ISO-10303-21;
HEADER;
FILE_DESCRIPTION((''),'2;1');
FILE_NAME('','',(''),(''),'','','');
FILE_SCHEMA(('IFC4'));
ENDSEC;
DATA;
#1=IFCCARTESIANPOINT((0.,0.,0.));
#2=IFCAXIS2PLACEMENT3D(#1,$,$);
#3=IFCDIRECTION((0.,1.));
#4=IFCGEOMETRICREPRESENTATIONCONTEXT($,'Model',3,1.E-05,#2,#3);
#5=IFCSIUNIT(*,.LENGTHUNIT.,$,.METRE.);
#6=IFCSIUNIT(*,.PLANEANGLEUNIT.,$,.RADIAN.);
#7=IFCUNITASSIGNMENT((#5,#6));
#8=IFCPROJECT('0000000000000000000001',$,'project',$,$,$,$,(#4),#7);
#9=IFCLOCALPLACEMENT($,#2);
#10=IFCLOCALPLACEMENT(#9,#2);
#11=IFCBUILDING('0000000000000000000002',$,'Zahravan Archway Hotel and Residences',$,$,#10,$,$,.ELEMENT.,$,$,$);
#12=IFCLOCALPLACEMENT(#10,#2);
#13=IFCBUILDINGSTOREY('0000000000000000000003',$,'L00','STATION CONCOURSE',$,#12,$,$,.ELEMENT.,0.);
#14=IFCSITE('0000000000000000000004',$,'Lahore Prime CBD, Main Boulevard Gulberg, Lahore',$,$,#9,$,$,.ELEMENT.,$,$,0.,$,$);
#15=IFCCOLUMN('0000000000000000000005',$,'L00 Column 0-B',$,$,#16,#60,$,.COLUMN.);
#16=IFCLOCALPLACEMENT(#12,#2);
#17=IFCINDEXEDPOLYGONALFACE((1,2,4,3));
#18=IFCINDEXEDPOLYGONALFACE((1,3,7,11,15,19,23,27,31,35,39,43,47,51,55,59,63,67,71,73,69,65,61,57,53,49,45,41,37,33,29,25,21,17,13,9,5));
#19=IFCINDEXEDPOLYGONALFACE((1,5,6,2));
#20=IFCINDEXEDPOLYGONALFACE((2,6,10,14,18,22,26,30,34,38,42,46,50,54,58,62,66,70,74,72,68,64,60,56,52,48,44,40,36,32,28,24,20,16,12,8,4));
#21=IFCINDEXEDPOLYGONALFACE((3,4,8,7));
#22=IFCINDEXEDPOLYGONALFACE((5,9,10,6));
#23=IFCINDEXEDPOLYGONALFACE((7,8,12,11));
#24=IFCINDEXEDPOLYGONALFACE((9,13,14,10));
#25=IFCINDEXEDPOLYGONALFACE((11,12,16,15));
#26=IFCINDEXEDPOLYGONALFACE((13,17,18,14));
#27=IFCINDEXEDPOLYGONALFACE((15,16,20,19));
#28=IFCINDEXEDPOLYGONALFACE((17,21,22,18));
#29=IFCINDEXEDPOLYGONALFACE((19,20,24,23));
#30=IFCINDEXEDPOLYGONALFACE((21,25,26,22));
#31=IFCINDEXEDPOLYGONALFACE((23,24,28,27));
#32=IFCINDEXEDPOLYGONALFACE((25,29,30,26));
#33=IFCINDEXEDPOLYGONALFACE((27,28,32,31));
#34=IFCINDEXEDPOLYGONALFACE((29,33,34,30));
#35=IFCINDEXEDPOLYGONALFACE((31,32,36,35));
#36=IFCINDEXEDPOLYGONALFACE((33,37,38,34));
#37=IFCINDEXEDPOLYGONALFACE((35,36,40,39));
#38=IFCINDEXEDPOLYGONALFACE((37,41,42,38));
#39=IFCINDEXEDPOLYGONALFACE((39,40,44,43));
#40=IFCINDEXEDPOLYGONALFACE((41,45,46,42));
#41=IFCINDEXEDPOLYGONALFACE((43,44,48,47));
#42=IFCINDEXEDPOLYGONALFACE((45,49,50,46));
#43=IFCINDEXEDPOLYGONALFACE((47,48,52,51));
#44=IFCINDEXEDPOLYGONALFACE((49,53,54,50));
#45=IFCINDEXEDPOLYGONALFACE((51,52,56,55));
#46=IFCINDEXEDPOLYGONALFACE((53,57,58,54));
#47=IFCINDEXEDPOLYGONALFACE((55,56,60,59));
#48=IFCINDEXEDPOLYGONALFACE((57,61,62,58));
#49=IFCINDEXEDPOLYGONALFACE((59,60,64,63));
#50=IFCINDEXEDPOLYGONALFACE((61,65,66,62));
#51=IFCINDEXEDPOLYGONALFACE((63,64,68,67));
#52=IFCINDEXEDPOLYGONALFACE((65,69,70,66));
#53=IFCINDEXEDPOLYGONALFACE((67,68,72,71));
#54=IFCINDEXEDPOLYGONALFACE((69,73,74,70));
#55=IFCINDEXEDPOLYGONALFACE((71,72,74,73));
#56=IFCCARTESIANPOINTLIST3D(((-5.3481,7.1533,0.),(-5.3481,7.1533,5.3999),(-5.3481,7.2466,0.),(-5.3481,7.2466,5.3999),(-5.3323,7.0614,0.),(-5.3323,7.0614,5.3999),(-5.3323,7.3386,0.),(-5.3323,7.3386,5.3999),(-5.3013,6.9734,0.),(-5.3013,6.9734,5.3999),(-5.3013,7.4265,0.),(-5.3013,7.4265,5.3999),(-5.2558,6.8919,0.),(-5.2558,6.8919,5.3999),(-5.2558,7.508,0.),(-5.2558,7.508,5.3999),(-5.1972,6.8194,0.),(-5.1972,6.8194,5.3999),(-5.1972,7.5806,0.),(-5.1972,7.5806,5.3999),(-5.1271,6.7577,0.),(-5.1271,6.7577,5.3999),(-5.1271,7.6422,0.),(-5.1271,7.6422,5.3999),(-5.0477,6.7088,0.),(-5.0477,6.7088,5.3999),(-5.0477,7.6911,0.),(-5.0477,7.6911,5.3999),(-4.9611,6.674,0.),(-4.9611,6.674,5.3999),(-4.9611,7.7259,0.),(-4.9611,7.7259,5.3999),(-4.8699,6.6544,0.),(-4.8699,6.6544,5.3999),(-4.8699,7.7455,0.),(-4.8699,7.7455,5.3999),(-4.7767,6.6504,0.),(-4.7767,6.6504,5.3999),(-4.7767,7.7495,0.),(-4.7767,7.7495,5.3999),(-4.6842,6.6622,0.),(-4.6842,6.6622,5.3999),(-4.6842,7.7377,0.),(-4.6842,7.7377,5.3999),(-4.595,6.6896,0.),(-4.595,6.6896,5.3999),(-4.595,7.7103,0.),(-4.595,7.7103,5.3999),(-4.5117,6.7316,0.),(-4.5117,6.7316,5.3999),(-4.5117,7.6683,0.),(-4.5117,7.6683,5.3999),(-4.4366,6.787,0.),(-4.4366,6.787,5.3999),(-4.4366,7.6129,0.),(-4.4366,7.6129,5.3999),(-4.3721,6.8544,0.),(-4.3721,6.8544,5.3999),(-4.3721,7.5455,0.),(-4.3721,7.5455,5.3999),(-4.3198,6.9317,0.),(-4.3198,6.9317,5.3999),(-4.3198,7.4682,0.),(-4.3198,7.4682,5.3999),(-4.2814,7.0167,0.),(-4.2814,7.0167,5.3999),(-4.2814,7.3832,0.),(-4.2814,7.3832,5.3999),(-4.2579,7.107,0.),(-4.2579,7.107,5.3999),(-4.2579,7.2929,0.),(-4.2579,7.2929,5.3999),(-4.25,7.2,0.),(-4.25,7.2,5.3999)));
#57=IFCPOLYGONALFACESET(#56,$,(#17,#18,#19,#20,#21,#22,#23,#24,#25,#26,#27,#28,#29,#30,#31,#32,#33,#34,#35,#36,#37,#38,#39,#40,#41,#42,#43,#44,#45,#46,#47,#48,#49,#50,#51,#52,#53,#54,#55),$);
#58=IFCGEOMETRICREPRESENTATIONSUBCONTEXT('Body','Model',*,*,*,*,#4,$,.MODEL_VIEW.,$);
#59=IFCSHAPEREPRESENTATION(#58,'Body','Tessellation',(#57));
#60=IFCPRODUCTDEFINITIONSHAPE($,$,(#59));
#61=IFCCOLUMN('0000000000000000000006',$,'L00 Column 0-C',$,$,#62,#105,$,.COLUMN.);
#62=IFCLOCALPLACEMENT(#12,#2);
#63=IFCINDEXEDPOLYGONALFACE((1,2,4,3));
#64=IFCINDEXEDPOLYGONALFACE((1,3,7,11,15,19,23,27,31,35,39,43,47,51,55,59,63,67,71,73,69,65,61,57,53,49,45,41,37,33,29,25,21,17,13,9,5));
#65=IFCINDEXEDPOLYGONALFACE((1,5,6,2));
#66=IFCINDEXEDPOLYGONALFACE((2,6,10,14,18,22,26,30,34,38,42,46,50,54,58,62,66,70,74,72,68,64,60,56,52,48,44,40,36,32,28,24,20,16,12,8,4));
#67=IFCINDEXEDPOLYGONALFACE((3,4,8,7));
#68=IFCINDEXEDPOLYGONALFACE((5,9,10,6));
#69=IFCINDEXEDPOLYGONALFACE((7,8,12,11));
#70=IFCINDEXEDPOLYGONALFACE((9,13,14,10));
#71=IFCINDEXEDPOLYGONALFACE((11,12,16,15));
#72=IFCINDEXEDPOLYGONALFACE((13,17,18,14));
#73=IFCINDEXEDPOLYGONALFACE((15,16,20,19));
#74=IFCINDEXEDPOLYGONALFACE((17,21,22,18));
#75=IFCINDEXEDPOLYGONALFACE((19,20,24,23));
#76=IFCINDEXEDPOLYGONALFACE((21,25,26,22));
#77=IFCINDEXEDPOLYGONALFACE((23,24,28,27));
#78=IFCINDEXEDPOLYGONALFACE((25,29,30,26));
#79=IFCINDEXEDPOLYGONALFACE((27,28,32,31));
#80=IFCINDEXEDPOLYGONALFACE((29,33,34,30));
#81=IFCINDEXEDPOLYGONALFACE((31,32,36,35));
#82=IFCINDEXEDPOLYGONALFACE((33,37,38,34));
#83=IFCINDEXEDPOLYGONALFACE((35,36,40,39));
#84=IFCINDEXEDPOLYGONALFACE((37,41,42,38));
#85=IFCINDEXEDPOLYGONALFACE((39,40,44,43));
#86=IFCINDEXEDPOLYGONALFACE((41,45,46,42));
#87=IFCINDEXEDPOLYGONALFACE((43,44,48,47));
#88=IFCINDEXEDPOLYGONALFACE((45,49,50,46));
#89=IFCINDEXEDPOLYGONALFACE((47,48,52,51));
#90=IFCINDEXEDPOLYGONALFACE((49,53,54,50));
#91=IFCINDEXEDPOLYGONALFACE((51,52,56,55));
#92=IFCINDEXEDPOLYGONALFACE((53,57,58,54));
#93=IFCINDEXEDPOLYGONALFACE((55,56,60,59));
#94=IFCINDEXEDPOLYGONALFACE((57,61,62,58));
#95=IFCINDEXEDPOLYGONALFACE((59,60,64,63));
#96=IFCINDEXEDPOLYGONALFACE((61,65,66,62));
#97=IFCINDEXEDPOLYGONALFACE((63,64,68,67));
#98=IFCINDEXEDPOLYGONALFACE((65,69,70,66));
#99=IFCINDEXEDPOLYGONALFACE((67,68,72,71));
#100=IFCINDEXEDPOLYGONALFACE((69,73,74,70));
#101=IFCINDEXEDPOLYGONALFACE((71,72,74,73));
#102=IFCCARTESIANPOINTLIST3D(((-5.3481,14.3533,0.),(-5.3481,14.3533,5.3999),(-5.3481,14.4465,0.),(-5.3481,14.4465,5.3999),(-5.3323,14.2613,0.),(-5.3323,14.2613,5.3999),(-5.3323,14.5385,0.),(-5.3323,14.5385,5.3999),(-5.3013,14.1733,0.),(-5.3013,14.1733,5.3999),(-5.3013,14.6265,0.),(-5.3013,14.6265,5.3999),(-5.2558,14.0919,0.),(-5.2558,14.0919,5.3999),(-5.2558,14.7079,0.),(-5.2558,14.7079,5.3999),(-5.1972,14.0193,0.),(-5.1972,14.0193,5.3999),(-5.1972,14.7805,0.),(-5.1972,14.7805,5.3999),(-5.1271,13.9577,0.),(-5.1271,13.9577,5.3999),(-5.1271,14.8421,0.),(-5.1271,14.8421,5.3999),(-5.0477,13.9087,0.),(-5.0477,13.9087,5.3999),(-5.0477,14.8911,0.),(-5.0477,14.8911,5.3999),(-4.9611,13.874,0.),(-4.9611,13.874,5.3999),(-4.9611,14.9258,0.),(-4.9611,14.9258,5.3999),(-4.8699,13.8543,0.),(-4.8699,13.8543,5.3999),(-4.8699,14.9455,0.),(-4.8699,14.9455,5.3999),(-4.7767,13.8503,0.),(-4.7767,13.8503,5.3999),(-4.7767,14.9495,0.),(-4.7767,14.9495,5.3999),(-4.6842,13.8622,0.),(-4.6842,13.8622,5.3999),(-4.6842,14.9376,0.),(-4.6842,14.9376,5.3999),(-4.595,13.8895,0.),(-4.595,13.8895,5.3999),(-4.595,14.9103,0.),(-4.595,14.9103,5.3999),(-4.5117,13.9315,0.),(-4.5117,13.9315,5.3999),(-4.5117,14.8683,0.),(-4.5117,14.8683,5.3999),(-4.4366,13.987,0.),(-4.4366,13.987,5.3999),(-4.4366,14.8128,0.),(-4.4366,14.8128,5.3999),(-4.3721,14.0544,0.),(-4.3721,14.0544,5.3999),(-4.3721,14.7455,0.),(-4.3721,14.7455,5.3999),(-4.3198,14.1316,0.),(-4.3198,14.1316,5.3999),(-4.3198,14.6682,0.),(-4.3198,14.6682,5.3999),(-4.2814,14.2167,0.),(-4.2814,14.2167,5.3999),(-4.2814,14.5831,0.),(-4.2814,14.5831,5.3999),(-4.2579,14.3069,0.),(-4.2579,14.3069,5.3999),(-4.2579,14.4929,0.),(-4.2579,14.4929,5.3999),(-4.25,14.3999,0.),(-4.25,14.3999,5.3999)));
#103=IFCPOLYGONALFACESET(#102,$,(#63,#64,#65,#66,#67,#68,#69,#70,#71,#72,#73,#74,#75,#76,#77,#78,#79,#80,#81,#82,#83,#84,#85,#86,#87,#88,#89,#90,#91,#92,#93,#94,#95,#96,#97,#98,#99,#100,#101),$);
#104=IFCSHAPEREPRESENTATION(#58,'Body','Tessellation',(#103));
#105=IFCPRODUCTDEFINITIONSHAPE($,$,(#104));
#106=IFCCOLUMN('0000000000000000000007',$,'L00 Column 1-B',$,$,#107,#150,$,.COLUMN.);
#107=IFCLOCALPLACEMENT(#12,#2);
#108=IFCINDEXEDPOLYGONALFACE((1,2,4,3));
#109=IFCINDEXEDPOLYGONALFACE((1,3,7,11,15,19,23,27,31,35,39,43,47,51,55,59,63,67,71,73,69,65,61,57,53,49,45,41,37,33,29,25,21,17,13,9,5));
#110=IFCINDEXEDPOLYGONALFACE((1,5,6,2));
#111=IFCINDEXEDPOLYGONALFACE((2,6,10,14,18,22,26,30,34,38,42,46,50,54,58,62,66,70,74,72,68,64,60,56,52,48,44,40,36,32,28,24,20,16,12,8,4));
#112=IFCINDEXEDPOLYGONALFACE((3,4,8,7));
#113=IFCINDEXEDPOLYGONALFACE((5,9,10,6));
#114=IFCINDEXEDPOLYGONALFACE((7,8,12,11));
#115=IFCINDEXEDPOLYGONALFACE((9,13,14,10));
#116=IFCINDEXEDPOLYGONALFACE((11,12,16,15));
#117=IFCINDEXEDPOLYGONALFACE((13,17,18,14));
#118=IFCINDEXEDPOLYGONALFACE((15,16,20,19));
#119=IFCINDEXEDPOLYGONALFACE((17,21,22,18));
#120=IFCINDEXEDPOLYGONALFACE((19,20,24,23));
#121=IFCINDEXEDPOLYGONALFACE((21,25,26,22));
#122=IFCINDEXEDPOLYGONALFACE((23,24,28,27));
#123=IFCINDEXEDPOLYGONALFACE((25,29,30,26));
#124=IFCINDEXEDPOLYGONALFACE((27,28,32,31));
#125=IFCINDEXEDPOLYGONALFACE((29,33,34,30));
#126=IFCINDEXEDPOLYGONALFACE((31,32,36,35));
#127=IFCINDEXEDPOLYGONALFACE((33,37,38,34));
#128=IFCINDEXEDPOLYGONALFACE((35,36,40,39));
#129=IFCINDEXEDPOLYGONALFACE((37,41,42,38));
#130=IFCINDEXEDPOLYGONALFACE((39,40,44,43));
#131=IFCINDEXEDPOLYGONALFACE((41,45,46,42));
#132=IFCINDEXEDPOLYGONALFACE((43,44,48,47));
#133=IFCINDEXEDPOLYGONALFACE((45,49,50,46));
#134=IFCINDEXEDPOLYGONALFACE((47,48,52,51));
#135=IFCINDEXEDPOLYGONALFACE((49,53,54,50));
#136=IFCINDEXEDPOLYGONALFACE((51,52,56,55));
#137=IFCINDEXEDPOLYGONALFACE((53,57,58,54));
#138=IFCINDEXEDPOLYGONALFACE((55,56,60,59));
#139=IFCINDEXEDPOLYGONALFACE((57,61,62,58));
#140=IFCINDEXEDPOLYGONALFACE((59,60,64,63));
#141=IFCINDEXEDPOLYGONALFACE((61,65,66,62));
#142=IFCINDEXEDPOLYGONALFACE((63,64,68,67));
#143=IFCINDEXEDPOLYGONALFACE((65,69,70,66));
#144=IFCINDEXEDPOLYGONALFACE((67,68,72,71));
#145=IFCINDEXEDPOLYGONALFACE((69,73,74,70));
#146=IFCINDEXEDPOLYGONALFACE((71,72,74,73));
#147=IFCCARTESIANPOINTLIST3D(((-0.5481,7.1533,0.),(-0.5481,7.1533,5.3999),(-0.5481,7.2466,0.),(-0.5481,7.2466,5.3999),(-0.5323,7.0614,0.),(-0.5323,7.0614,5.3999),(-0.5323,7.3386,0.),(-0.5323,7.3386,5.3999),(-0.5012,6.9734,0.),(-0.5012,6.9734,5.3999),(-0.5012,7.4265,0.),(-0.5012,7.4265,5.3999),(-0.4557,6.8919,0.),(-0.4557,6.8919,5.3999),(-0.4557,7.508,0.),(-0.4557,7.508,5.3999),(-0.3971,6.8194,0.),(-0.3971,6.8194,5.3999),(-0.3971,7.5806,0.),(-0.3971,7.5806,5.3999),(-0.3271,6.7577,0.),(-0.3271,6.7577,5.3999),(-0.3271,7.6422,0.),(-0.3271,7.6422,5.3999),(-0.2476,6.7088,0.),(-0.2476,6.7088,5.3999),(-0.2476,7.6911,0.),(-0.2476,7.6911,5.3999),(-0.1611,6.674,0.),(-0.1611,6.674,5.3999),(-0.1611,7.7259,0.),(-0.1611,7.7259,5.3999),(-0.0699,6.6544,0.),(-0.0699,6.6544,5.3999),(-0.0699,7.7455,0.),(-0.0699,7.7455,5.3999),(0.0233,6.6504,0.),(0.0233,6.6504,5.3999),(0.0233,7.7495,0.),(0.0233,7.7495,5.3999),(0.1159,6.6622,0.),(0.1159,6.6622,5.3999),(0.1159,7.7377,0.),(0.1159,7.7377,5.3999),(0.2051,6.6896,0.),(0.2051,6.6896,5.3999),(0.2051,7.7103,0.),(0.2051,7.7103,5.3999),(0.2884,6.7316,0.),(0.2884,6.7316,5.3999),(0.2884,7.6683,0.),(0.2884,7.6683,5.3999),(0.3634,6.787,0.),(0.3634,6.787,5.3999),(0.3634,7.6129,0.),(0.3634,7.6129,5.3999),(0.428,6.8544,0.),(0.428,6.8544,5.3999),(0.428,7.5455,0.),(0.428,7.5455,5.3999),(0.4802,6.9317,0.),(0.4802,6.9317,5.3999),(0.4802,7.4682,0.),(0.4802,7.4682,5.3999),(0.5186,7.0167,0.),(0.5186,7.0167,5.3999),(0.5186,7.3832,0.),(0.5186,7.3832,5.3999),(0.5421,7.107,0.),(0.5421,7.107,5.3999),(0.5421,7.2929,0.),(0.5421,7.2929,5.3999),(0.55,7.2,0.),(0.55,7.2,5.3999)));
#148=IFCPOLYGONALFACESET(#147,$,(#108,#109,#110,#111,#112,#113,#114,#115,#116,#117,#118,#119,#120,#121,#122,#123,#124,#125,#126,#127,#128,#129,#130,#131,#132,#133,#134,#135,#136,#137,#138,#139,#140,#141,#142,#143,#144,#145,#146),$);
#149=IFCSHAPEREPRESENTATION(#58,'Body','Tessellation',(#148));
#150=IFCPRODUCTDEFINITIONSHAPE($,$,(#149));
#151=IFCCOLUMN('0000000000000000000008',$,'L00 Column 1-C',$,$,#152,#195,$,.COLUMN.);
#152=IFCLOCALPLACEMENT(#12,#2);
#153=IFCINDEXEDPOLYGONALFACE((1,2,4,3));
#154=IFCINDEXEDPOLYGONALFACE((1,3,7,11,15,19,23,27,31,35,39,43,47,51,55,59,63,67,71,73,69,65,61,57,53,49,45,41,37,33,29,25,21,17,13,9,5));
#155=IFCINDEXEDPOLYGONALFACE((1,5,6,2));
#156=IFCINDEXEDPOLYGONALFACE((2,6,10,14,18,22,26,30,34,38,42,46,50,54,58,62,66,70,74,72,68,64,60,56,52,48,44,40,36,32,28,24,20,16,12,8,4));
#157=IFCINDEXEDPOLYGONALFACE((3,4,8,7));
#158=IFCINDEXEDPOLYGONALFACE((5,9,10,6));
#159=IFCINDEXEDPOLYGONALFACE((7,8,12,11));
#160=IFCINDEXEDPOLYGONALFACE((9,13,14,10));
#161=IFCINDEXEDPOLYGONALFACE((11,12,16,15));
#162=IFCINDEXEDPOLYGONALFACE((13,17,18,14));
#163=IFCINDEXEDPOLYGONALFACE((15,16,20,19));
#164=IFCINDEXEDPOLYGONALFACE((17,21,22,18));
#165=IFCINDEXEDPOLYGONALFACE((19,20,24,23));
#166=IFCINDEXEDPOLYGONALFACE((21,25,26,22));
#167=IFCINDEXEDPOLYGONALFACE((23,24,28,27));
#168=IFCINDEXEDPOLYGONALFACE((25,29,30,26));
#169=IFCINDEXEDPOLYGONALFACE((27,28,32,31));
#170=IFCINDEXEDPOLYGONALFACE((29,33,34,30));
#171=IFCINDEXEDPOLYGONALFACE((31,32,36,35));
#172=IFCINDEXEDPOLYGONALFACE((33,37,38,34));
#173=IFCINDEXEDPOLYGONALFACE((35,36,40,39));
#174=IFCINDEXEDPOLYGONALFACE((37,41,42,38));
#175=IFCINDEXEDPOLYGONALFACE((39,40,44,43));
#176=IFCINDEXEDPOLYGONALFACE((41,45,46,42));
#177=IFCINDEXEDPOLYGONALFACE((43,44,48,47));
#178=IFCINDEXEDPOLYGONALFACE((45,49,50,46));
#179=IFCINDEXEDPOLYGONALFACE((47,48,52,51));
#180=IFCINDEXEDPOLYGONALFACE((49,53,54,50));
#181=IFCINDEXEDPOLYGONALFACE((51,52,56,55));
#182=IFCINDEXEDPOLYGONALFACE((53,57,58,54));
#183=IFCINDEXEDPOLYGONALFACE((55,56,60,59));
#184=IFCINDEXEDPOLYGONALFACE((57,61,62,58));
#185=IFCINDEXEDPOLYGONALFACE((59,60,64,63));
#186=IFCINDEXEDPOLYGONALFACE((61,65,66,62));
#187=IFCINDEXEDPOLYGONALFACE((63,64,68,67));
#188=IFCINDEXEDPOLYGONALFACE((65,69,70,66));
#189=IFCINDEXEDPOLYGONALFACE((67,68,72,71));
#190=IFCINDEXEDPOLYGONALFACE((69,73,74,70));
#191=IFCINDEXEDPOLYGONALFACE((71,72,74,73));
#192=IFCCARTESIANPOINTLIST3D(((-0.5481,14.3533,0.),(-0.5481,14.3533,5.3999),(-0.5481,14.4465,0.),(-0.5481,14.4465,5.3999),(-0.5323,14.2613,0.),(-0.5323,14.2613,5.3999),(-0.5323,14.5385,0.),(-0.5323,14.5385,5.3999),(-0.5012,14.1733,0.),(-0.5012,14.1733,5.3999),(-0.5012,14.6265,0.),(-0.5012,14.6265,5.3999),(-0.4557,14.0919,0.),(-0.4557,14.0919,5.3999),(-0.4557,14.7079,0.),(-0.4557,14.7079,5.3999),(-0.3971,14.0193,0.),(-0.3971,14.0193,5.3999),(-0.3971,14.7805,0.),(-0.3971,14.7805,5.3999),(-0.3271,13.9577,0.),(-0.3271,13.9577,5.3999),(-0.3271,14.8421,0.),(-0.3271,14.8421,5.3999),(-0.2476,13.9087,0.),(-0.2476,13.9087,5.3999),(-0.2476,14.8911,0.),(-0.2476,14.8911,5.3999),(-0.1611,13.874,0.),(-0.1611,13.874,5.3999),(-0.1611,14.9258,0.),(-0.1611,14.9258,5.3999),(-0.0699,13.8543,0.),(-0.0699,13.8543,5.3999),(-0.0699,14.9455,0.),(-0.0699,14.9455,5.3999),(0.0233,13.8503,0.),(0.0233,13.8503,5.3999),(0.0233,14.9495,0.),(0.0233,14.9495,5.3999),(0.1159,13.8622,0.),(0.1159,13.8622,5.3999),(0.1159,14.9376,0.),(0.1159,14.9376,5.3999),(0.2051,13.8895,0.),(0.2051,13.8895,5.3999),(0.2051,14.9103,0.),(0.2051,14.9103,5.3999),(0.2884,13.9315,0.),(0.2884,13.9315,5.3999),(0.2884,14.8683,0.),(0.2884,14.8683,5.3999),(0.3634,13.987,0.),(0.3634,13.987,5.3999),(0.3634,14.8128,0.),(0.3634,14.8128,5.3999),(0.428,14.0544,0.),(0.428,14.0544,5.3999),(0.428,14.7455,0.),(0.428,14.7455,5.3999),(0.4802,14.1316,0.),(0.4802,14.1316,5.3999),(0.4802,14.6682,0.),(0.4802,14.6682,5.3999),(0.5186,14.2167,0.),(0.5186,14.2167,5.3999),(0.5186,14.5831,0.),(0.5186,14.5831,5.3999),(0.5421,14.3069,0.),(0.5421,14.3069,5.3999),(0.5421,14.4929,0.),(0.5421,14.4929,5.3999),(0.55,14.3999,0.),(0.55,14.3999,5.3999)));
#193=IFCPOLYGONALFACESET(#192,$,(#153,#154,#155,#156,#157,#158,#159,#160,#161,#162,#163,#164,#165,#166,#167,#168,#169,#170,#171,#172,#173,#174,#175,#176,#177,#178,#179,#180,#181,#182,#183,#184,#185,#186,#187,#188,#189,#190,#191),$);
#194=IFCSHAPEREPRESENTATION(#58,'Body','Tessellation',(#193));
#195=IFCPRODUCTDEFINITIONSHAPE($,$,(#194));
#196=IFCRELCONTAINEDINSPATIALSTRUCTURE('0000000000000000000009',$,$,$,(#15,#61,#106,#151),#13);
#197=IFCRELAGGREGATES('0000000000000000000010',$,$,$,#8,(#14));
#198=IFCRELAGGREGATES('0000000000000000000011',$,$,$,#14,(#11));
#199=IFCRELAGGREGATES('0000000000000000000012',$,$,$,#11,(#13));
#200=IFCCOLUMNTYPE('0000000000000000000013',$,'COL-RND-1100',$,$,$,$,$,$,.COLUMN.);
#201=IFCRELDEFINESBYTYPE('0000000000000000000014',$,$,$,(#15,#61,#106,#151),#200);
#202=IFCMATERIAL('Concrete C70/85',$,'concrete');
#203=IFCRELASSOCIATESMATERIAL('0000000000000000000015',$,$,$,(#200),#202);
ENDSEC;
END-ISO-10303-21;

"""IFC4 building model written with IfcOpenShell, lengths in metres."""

from ifc_helpers import new_model, si_unit, direction, frame, origin, origin_2d, place, context, subcontext, project, spatial, circle, extrude, source, transform, mapped, material, material_profile, profile_set, type_object, type_shapes, element, save


model = new_model("IFC4")

# Units and contexts
model_context = context("Model", 3, precision=1e-05, world=origin(), true_north=direction((0.0, 1.0)))
body_context = subcontext(model_context, "Body", "Model", "MODEL_VIEW")
ifc_project = project(units=[si_unit("LENGTHUNIT", "METRE"), si_unit("PLANEANGLEUNIT", "RADIAN")], contexts=[model_context])

# Site, building, storey
site_placement = place(None, origin())
site = spatial("IfcSite", under=ifc_project, at=site_placement, Name="Lahore Prime CBD, Main Boulevard Gulberg, Lahore", CompositionType="ELEMENT", RefElevation=0.0)
building_placement = place(site_placement, origin())
building = spatial("IfcBuilding", under=site, at=building_placement, Name="Zahravan Archway Hotel and Residences", CompositionType="ELEMENT")
storey_placement = place(building_placement, origin())
storey = spatial("IfcBuildingStorey", under=building, at=storey_placement, Name="L00", Description="STATION CONCOURSE", CompositionType="ELEMENT", Elevation=0.0)

# Columns
ifc_material_1 = material(Name="Concrete C70/85", Category="concrete")
ifc_material_profile_1 = material_profile(ifc_material_1, circle(Radius=0.55, at=origin_2d()), Name="RC-CIRC-1100", Category="concrete")
ifc_profile_set_1 = profile_set([ifc_material_profile_1], Name="Concrete C70/85")
column_type_1 = type_object("IfcColumnType", Name="COL-RND-1100", PredefinedType="COLUMN", material=ifc_profile_set_1)
shared_shape_1 = source(origin(), body_context, "Body", "SweptSolid", [
    extrude(circle(Radius=0.55, at=origin_2d()), origin(), (0.0, 0.0, 1.0), 5.3999),
])
type_shapes(column_type_1, [shared_shape_1])
for number, where, z_axis, x_axis, name in (
    (1, (-4.8, 7.2, 0.0), (0.0, 0.0, 1.0), (1.0, 0.0, 0.0), "L00 Column 0-B"),
    (2, (-4.8, 14.3999, 0.0), (0.0, 0.0, 1.0), (1.0, 0.0, 0.0), "L00 Column 0-C"),
    (3, (0.0, 7.2, 0.0), (0.0, 0.0, 1.0), (1.0, 0.0, 0.0), "L00 Column 1-B"),
    (4, (0.0, 14.3999, 0.0), (0.0, 0.0, 1.0), (1.0, 0.0, 0.0), "L00 Column 1-C"),
):
    element("IfcColumn", number, at=place(storey_placement, frame(where, z_axis=z_axis, x_axis=x_axis)), inside=storey, type_object=column_type_1, Name=name, PredefinedType="COLUMN", context=body_context, shape_type="MappedRepresentation", body=[
        mapped(shared_shape_1, transform((0.0, 0.0, 0.0), scale=1.0)),
    ])

save(model, "model.ifc")
